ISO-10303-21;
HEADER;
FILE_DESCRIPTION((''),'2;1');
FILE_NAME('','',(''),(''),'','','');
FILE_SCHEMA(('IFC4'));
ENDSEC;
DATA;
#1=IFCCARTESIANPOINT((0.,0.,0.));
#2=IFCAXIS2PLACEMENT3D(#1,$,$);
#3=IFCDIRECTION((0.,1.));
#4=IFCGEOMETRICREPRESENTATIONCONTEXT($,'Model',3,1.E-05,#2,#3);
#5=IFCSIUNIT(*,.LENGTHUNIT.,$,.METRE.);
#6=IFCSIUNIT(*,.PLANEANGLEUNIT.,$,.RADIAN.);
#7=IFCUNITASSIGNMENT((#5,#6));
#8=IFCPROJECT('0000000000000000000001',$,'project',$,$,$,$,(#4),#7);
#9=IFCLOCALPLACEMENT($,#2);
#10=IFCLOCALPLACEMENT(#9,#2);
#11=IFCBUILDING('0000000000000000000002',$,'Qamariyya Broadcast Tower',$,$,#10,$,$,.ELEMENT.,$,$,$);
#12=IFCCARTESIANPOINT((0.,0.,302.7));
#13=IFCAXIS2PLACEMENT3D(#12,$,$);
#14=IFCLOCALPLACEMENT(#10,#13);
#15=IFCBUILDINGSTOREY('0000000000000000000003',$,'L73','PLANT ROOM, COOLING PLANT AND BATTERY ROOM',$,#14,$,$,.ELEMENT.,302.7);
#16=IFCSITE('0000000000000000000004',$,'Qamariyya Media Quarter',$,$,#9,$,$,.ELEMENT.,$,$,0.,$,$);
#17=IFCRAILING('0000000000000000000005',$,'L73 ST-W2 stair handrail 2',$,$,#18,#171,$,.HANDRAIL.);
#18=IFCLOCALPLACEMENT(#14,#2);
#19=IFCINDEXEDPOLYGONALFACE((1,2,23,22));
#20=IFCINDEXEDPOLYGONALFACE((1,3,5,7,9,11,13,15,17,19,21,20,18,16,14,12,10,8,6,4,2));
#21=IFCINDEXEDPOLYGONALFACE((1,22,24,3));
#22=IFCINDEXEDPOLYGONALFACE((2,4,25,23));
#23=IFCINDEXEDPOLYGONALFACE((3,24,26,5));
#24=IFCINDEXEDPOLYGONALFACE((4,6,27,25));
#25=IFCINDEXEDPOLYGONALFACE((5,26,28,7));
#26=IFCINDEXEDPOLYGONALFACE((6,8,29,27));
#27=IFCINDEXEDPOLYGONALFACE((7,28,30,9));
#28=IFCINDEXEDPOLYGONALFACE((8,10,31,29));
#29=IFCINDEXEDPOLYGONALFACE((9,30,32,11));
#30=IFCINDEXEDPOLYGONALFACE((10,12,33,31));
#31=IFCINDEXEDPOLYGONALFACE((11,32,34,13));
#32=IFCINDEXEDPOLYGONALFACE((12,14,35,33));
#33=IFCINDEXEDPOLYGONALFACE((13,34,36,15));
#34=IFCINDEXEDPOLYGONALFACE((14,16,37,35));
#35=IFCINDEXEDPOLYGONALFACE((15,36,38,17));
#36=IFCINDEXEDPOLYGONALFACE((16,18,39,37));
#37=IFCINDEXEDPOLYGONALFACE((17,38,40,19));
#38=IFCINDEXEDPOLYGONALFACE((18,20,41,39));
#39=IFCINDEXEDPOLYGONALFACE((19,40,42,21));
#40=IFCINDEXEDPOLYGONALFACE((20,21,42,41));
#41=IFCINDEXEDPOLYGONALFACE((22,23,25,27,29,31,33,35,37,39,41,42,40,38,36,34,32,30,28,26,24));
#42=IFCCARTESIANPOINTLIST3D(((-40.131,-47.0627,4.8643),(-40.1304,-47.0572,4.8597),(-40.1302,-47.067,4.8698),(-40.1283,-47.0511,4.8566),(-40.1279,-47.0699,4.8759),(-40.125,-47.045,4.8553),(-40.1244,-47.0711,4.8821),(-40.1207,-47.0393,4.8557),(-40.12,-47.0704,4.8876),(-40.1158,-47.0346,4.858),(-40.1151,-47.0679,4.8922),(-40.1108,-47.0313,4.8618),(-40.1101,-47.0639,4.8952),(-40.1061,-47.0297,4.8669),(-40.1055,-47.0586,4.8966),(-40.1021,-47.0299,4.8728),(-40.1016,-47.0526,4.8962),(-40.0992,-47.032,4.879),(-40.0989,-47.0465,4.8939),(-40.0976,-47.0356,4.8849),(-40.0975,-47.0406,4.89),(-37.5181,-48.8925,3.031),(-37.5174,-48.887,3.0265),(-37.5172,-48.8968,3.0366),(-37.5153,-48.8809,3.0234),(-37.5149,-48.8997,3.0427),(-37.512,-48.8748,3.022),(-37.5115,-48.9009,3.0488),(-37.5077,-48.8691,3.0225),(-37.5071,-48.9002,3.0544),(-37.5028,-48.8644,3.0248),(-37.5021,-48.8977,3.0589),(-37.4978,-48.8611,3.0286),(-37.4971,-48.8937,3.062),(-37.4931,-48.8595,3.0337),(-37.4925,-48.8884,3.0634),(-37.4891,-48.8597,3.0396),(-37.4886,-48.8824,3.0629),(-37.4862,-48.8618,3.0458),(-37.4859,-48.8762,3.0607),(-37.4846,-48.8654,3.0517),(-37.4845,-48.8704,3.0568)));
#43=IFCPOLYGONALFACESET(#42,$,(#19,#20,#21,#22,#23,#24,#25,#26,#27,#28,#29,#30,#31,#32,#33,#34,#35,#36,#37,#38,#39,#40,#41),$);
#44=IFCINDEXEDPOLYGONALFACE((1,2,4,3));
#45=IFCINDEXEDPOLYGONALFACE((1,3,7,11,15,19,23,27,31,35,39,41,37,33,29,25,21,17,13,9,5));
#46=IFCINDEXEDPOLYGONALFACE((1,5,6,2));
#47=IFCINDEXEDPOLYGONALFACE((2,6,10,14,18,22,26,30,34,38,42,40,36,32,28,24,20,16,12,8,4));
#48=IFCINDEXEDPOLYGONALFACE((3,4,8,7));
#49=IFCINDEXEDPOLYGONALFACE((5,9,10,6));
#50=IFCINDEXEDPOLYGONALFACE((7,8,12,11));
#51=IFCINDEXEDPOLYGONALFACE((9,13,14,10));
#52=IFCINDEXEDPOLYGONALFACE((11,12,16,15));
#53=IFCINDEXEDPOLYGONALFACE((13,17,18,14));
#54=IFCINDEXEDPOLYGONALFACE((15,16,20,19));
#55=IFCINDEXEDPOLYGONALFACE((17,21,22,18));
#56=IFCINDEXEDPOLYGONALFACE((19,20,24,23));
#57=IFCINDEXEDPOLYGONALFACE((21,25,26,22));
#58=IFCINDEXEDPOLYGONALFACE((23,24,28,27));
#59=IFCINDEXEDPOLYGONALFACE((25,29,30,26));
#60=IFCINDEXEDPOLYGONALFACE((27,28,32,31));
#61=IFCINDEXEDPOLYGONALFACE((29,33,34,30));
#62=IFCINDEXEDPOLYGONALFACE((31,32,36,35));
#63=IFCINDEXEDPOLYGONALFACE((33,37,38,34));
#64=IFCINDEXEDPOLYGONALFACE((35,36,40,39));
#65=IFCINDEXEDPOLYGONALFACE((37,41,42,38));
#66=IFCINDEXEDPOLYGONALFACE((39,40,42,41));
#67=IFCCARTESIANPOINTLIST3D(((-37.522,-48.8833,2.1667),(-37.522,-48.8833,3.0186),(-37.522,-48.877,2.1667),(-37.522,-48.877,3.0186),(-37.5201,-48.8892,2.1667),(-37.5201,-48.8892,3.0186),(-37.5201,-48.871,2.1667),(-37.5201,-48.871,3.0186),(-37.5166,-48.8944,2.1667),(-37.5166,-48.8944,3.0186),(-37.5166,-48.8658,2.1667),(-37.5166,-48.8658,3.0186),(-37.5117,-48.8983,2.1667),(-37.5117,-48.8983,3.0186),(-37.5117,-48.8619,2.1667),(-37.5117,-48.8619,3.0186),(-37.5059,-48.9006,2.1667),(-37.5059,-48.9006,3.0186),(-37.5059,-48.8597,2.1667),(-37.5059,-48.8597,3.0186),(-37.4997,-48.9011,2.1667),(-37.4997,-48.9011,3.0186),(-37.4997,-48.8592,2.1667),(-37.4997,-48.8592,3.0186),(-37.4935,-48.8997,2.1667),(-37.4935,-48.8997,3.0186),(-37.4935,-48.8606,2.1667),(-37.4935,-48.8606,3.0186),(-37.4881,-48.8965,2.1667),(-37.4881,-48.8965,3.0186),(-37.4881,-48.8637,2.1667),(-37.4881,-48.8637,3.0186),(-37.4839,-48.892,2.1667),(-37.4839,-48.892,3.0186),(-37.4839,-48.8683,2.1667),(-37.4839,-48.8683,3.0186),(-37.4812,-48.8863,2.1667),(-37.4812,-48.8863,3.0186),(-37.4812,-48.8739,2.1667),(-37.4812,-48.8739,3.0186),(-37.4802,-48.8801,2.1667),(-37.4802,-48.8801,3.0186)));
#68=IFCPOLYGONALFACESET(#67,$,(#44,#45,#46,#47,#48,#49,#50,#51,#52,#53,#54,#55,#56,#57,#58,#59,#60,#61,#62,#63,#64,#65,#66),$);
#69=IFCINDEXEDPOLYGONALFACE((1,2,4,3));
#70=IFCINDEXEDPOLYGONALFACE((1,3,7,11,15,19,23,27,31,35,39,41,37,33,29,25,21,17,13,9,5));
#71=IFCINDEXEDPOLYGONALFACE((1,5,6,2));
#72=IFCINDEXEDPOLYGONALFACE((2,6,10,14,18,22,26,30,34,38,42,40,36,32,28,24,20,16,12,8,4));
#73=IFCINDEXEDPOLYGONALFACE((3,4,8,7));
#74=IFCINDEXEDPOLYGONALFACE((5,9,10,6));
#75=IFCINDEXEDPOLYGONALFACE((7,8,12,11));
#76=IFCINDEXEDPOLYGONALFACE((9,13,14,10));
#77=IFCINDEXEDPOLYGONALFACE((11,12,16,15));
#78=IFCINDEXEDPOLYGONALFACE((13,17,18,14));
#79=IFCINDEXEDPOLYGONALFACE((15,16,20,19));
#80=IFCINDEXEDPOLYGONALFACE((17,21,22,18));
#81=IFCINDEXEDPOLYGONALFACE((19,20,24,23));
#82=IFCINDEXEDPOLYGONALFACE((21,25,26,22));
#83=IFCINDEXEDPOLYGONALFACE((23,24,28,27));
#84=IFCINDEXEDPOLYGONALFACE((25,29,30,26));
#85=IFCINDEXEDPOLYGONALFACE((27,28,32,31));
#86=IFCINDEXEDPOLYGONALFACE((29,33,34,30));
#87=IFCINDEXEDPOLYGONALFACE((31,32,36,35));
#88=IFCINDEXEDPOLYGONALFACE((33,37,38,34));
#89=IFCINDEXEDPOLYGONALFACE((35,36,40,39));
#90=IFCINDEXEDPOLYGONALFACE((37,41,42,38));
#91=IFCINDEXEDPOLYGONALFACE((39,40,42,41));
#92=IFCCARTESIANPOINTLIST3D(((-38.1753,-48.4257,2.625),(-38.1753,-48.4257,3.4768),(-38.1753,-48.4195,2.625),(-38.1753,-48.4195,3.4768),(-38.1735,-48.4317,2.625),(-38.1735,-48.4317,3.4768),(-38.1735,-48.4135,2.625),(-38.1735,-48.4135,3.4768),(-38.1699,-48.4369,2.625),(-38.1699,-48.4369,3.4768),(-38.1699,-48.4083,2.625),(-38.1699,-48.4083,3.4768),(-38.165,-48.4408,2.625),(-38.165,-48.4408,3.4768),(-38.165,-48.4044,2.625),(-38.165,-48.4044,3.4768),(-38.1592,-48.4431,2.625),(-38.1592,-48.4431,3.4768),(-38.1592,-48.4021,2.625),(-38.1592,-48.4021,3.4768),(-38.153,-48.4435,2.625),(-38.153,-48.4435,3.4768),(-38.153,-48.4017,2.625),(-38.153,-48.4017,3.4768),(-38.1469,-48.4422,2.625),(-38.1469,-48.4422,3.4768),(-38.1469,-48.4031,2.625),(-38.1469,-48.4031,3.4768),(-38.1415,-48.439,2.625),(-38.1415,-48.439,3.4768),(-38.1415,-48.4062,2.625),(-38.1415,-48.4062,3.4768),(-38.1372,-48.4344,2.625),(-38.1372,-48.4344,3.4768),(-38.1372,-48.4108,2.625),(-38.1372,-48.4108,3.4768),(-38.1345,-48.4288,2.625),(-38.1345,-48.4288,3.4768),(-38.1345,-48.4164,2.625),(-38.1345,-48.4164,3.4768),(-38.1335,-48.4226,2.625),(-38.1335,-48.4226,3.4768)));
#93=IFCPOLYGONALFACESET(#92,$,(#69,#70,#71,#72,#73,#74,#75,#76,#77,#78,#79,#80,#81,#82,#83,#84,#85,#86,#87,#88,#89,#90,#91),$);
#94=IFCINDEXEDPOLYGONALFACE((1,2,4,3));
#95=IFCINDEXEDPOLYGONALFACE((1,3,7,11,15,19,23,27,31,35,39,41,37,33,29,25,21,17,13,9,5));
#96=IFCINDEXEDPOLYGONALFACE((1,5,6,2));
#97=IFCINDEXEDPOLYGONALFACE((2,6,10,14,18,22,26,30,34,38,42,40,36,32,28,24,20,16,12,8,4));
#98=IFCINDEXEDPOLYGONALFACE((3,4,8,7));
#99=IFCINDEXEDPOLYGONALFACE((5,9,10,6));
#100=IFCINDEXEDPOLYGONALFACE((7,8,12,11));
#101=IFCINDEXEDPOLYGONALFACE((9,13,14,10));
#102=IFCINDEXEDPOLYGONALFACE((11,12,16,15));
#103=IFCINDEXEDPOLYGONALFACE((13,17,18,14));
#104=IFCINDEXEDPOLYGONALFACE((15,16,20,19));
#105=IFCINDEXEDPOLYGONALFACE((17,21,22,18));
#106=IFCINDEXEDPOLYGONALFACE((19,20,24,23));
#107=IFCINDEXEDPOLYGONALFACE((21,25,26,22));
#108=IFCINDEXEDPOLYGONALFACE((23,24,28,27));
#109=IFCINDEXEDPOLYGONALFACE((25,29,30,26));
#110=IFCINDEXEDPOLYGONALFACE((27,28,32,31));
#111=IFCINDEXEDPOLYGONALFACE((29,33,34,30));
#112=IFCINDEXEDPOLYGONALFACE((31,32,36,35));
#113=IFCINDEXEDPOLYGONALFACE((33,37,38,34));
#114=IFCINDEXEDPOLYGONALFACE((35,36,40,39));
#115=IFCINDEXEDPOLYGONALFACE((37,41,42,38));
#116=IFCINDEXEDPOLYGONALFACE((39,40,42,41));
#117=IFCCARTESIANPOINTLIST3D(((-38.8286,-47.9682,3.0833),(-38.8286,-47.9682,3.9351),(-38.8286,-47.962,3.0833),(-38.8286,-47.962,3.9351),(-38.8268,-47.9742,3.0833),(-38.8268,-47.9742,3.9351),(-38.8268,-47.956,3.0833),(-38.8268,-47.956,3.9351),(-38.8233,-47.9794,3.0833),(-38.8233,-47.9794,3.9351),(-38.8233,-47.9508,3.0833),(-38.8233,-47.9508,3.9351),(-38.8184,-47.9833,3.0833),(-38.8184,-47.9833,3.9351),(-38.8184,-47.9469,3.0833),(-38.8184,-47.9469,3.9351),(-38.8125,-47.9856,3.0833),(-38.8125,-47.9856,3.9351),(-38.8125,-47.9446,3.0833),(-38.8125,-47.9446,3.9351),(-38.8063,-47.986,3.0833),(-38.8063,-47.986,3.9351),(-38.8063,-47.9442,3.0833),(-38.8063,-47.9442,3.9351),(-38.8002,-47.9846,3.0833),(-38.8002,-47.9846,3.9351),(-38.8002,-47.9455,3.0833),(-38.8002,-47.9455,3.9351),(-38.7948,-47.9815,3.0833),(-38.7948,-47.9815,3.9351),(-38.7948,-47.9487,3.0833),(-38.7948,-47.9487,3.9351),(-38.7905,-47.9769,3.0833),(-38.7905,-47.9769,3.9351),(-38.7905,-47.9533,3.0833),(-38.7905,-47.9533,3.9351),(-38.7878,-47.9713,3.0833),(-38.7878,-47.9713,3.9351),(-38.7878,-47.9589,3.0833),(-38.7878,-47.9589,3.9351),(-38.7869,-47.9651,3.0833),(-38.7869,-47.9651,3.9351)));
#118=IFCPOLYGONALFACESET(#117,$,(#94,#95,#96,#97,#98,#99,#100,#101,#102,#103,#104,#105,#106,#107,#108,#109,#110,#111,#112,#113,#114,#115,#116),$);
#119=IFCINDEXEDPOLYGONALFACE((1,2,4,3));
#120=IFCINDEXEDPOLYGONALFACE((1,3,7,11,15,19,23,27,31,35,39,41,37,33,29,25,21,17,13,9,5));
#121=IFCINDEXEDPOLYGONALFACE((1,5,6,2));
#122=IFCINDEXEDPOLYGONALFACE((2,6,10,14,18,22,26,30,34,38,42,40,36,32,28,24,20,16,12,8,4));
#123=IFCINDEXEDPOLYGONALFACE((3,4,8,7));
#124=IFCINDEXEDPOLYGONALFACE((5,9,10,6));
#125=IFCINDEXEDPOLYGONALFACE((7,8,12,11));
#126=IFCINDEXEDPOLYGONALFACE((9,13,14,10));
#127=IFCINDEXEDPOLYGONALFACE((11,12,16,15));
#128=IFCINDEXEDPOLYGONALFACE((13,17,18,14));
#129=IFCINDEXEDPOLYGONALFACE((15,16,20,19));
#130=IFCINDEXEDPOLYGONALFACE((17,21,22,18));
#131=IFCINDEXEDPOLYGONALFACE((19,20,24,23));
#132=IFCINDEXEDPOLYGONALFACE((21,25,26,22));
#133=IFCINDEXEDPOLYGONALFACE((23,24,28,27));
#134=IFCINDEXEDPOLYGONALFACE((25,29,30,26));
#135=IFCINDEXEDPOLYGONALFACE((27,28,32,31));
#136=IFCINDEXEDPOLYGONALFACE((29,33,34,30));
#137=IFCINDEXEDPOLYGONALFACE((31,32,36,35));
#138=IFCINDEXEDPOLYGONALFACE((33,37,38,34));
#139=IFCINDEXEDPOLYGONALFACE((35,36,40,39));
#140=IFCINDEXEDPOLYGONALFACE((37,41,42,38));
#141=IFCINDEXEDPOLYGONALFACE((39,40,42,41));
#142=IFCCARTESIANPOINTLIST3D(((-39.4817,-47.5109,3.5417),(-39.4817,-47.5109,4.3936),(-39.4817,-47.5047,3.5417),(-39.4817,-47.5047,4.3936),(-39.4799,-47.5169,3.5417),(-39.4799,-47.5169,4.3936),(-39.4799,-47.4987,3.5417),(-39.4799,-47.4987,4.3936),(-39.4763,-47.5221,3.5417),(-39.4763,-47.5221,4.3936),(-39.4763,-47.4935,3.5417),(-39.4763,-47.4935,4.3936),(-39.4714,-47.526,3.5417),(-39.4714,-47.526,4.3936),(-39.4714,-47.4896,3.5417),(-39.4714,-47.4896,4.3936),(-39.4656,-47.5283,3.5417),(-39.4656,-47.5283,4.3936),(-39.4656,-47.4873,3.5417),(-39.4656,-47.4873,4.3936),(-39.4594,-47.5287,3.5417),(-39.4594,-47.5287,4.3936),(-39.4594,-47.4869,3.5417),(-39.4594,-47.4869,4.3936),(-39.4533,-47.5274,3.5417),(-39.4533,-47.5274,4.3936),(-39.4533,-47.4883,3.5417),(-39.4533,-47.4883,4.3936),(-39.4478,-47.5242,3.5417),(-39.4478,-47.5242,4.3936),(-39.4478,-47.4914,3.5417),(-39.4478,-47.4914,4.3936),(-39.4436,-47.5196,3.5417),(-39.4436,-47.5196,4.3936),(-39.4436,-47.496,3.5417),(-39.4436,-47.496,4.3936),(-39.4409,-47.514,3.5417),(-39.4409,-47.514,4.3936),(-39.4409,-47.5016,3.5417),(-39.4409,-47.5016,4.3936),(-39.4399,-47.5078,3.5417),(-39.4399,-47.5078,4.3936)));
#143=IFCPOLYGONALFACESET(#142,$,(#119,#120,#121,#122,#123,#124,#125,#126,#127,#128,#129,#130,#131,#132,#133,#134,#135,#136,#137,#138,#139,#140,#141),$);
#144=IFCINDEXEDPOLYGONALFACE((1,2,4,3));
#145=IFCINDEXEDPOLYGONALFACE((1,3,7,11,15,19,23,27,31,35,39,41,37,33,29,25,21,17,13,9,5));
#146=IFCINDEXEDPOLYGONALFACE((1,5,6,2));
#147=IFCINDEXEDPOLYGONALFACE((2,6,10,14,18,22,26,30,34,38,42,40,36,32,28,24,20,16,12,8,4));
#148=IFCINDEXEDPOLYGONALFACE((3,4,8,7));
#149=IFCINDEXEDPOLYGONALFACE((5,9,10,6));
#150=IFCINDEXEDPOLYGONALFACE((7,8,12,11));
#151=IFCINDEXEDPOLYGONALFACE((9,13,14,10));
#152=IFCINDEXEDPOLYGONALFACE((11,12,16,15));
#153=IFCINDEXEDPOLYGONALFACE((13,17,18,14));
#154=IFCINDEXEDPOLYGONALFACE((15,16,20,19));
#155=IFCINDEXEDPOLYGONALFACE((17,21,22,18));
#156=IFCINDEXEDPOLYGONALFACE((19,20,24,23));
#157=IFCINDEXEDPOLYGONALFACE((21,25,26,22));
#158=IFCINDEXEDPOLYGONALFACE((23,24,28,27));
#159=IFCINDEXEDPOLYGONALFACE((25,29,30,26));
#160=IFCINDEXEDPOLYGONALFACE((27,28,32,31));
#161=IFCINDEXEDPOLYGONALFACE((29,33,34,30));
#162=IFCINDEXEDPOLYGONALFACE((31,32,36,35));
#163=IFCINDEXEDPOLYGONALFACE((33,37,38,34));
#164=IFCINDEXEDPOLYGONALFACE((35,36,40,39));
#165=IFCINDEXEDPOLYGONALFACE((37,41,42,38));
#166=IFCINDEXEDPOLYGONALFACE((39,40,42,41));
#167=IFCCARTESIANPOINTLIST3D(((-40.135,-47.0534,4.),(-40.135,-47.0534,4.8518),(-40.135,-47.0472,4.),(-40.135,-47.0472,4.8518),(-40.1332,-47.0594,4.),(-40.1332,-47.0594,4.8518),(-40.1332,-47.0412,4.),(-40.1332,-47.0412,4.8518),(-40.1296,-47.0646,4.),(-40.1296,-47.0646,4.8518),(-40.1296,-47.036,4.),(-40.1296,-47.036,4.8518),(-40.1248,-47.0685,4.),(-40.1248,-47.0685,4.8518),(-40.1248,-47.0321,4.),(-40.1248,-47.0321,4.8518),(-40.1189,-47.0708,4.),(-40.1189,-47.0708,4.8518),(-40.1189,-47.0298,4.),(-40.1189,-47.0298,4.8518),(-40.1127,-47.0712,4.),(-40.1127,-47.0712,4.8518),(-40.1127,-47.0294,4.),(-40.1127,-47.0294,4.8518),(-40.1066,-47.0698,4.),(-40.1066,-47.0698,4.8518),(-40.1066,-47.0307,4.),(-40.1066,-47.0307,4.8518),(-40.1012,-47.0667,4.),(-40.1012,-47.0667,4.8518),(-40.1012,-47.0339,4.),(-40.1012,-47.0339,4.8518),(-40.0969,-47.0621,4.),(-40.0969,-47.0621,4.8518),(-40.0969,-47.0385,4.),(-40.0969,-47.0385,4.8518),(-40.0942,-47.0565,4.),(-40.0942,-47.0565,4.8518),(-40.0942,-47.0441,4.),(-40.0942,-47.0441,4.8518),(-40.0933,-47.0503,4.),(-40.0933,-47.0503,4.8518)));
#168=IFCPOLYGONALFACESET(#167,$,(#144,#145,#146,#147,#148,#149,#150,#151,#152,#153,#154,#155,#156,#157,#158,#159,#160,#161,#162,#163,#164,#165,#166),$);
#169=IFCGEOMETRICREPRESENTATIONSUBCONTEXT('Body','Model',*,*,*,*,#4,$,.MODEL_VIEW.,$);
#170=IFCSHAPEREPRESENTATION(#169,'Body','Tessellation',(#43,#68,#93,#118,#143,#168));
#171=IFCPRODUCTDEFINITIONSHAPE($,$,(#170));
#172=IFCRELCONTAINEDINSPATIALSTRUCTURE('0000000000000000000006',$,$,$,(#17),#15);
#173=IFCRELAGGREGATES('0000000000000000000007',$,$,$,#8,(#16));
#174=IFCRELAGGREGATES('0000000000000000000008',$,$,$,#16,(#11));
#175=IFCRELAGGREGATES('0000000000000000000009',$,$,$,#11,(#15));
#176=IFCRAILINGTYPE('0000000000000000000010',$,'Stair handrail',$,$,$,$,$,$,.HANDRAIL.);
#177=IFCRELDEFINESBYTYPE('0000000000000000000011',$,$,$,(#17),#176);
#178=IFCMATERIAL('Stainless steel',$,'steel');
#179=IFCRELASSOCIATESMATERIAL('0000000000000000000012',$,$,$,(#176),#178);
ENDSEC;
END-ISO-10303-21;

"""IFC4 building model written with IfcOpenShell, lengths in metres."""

from ifc_helpers import new_model, si_unit, direction, frame, origin, origin_2d, place, context, subcontext, project, spatial, circle, extrude, material, type_object, element, save


model = new_model("IFC4")

# Units and contexts
model_context = context("Model", 3, precision=1e-05, world=origin(), true_north=direction((0.0, 1.0)))
body_context = subcontext(model_context, "Body", "Model", "MODEL_VIEW")
ifc_project = project(units=[si_unit("LENGTHUNIT", "METRE"), si_unit("PLANEANGLEUNIT", "RADIAN")], contexts=[model_context])

# Site, building, storey
site_placement = place(None, origin())
site = spatial("IfcSite", under=ifc_project, at=site_placement, Name="Qamariyya Media Quarter", CompositionType="ELEMENT", RefElevation=0.0)
building_placement = place(site_placement, origin())
building = spatial("IfcBuilding", under=site, at=building_placement, Name="Qamariyya Broadcast Tower", CompositionType="ELEMENT")
storey_placement = place(building_placement, frame((0.0, 0.0, 302.7)))
storey = spatial("IfcBuildingStorey", under=building, at=storey_placement, Name="L73", Description="PLANT ROOM, COOLING PLANT AND BATTERY ROOM", CompositionType="ELEMENT", Elevation=302.7)

# Railing
ifc_material_1 = material(Name="Stainless steel", Category="steel")
railing_type_1 = type_object("IfcRailingType", Name="Stair handrail", PredefinedType="HANDRAIL", material=ifc_material_1)
railing_1_placement = place(storey_placement, frame((-37.5012, -48.8801, 2.1667)))
element("IfcRailing", 1, at=railing_1_placement, inside=storey, type_object=railing_type_1, Name="L73 ST-W2 stair handrail 2", PredefinedType="HANDRAIL", context=body_context, shape_type="SweptSolid", body=[
    extrude(circle(Radius=0.0239, at=origin_2d()), frame((0.0, 0.0, 0.876), z_axis=(-0.710204, 0.497335, 0.498264), x_axis=(-0.573611, -0.819128, 0.0)), (0.0, 0.0, 1.0), 3.6792),
    extrude(circle(Radius=0.021, at=origin_2d()), origin(), (0.0, 0.0, 1.0), 0.8518),
    extrude(circle(Radius=0.021, at=origin_2d()), frame((-0.6533, 0.4575, 0.4583)), (0.0, 0.0, 1.0), 0.8518),
    extrude(circle(Radius=0.021, at=origin_2d()), frame((-1.3066, 0.915, 0.9165)), (0.0, 0.0, 1.0), 0.8518),
    extrude(circle(Radius=0.021, at=origin_2d()), frame((-1.9597, 1.3723, 1.375)), (0.0, 0.0, 1.0), 0.8518),
    extrude(circle(Radius=0.021, at=origin_2d()), frame((-2.613, 1.8298, 1.8333)), (0.0, 0.0, 1.0), 0.8518),
])

save(model, "model.ifc")
